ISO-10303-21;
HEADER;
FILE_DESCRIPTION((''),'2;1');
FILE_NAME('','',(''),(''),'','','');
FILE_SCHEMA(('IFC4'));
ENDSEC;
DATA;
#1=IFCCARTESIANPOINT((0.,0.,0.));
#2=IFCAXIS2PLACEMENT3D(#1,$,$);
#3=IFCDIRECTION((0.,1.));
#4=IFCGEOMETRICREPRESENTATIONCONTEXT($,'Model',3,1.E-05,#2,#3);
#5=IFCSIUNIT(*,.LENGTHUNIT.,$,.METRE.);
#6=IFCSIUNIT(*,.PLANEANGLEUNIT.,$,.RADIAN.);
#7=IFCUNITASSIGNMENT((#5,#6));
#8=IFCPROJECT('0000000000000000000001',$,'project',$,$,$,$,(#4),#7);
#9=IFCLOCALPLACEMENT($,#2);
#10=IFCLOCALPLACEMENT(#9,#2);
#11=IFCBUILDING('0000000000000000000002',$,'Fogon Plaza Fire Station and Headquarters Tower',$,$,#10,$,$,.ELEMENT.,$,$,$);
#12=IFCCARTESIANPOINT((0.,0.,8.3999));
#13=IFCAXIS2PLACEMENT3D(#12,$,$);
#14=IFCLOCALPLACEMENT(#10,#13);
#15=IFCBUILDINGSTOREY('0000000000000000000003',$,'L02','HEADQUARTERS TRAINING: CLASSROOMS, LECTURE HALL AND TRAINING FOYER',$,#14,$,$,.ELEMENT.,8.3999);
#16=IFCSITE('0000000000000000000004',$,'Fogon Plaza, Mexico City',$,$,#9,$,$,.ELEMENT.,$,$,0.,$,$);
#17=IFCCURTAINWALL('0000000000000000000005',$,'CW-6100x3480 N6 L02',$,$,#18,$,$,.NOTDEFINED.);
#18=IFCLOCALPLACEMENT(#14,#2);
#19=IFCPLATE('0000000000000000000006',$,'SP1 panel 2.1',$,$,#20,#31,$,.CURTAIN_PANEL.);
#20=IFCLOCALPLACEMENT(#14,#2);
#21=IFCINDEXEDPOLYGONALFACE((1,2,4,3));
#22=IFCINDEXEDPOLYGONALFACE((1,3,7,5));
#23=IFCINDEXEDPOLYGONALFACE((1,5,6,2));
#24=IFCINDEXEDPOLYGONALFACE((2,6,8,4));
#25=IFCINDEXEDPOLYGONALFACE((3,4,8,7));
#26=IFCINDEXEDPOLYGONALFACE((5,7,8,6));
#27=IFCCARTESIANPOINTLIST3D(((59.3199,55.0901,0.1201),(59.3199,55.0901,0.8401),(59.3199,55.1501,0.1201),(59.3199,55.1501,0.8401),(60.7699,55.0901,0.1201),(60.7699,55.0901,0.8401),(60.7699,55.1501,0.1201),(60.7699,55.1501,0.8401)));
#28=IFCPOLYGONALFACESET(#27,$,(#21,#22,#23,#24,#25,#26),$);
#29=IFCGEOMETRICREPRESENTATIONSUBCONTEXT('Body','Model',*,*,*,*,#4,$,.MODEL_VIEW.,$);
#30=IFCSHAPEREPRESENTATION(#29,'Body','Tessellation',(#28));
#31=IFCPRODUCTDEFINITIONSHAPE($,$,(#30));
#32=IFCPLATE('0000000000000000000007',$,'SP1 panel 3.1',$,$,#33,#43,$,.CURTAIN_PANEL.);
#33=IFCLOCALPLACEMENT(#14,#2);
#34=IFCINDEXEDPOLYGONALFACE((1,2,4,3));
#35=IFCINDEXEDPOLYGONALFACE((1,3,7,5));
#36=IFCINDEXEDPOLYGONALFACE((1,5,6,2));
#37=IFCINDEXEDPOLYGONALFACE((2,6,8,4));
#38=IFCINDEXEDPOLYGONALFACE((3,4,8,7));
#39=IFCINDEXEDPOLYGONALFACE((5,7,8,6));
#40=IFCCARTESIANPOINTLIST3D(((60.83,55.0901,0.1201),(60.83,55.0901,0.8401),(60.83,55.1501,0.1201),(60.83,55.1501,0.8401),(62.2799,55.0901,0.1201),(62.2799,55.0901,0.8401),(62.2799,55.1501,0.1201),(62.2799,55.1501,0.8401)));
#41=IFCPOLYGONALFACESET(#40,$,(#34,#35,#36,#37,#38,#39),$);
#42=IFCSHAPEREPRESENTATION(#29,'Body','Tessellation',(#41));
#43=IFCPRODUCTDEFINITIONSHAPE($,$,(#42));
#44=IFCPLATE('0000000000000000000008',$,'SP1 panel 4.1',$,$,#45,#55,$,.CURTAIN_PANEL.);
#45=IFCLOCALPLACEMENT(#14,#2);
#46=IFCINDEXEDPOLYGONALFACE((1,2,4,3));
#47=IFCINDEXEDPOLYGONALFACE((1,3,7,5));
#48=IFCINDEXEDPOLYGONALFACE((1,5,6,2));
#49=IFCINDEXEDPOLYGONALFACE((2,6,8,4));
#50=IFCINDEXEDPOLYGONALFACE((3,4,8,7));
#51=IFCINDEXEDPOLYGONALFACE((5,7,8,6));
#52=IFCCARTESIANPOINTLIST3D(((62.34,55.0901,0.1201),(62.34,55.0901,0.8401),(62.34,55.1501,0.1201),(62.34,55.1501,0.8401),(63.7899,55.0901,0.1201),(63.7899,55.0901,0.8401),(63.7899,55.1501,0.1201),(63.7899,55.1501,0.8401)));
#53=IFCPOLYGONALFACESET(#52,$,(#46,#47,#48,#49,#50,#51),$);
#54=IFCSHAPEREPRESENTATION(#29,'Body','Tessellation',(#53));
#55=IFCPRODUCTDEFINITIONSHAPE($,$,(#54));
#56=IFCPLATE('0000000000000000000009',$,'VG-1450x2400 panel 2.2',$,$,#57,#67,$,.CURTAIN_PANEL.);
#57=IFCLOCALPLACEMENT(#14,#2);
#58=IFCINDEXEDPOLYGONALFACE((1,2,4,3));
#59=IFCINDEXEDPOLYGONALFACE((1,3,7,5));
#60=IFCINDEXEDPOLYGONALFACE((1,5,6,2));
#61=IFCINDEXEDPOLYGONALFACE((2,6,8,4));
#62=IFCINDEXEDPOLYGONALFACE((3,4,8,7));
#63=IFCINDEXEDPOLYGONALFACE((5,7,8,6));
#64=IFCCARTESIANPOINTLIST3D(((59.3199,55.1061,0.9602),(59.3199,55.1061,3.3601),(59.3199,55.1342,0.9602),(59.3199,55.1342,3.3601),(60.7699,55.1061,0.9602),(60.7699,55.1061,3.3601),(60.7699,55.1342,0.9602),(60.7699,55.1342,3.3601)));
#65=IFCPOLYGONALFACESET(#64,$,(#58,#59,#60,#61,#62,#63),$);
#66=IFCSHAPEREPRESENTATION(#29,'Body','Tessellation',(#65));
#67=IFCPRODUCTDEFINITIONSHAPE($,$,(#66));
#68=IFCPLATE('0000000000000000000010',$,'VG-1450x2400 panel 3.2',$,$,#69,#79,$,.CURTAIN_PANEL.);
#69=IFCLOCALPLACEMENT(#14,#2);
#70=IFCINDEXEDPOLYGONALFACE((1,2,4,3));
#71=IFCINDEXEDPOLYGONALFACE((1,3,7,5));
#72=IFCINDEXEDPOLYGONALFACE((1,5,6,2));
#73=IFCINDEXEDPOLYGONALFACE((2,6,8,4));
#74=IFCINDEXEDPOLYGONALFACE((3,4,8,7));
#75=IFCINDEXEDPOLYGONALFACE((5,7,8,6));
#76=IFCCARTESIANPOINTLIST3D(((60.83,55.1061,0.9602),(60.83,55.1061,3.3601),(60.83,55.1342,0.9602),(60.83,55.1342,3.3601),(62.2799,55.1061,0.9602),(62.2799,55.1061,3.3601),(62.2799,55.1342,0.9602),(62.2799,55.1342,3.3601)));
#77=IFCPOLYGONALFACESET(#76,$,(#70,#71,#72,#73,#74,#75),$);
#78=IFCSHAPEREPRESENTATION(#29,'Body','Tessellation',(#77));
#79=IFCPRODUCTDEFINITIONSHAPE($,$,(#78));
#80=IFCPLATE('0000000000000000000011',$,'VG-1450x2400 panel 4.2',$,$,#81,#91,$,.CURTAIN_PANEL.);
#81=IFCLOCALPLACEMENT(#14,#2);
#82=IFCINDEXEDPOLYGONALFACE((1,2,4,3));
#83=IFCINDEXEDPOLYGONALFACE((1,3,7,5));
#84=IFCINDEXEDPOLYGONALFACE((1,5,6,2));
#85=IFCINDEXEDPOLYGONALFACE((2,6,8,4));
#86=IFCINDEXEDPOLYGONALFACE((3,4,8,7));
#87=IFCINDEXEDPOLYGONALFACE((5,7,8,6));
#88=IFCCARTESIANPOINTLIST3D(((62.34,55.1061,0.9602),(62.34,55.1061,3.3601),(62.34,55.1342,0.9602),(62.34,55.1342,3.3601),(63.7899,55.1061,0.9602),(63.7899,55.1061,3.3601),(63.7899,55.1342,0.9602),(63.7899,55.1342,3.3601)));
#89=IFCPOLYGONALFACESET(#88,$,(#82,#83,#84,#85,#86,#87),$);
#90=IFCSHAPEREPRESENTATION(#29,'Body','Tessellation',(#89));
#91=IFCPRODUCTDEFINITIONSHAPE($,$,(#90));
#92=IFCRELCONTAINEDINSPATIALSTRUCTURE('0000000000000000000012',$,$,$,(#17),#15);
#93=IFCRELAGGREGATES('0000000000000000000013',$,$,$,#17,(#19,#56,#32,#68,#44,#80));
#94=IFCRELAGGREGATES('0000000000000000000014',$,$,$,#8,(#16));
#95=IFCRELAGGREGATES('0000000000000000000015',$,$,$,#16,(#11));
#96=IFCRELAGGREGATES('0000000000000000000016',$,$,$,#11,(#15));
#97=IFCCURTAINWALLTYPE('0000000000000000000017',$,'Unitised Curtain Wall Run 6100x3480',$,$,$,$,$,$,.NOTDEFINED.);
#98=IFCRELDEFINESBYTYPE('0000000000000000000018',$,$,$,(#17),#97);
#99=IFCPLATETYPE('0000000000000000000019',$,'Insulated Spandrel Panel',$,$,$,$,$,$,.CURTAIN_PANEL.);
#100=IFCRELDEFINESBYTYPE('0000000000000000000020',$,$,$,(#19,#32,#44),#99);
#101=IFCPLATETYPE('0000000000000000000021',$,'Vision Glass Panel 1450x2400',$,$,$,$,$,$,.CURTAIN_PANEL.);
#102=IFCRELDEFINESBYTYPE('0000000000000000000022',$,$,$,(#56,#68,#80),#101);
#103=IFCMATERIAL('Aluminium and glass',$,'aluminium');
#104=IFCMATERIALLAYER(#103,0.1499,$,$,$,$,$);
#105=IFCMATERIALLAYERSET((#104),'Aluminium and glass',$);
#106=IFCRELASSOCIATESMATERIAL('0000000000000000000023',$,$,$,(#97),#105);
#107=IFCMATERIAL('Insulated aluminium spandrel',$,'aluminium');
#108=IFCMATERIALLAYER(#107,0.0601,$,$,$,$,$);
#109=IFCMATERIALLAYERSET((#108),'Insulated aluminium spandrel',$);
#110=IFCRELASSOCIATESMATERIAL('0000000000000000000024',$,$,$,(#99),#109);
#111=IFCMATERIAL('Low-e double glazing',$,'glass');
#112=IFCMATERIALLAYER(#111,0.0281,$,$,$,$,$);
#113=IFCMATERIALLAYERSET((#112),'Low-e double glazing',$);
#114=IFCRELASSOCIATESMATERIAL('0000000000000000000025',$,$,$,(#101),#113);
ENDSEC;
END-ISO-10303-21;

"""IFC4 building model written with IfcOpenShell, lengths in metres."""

from ifc_helpers import new_model, si_unit, direction, frame, origin, origin_2d, place, context, subcontext, project, spatial, rectangle, extrude, material, layer, layer_set, type_object, element, aggregate, save


model = new_model("IFC4")

# Units and contexts
model_context = context("Model", 3, precision=1e-05, world=origin(), true_north=direction((0.0, 1.0)))
body_context = subcontext(model_context, "Body", "Model", "MODEL_VIEW")
ifc_project = project(units=[si_unit("LENGTHUNIT", "METRE"), si_unit("PLANEANGLEUNIT", "RADIAN")], contexts=[model_context])

# Site, building, storey
site_placement = place(None, origin())
site = spatial("IfcSite", under=ifc_project, at=site_placement, Name="Fogon Plaza, Mexico City", CompositionType="ELEMENT", RefElevation=0.0)
building_placement = place(site_placement, origin())
building = spatial("IfcBuilding", under=site, at=building_placement, Name="Fogon Plaza Fire Station and Headquarters Tower", CompositionType="ELEMENT")
storey_placement = place(building_placement, frame((0.0, 0.0, 8.3999)))
storey = spatial("IfcBuildingStorey", under=building, at=storey_placement, Name="L02", Description="HEADQUARTERS TRAINING: CLASSROOMS, LECTURE HALL AND TRAINING FOYER", CompositionType="ELEMENT", Elevation=8.3999)

# Curtain wall
ifc_material_1 = material(Name="Aluminium and glass", Category="aluminium")
ifc_layer_1 = layer(ifc_material_1, 0.1499)
ifc_layer_set_1 = layer_set([ifc_layer_1], Name="Aluminium and glass")
curtain_wall_type = type_object("IfcCurtainWallType", Name="Unitised Curtain Wall Run 6100x3480", PredefinedType="NOTDEFINED", material=ifc_layer_set_1)
curtain_wall_placement = place(storey_placement, origin())
curtain_wall = element("IfcCurtainWall", 1, at=curtain_wall_placement, inside=storey, type_object=curtain_wall_type, Name="CW-6100x3480 N6 L02", PredefinedType="NOTDEFINED")

# Plates
ifc_material_2 = material(Name="Insulated aluminium spandrel", Category="aluminium")
ifc_layer_2 = layer(ifc_material_2, 0.0601)
ifc_layer_set_2 = layer_set([ifc_layer_2], Name="Insulated aluminium spandrel")
plate_type_1 = type_object("IfcPlateType", Name="Insulated Spandrel Panel", PredefinedType="CURTAIN_PANEL", material=ifc_layer_set_2)
plate_1_placement = place(storey_placement, frame((60.0449, 55.1201, 0.1201), z_axis=(0.0, 0.0, 1.0), x_axis=(1.0, 0.0, 0.0)))
plate_1 = element("IfcPlate", 2, at=plate_1_placement, type_object=plate_type_1, Name="SP1 panel 2.1", PredefinedType="CURTAIN_PANEL", context=body_context, shape_type="SweptSolid", body=[
    extrude(rectangle(XDim=1.45, YDim=0.0601, at=origin_2d()), origin(), (0.0, 0.0, 1.0), 0.72),
])
plate_2_placement = place(storey_placement, frame((61.5549, 55.1201, 0.1201), z_axis=(0.0, 0.0, 1.0), x_axis=(1.0, 0.0, 0.0)))
plate_2 = element("IfcPlate", 3, at=plate_2_placement, type_object=plate_type_1, Name="SP1 panel 3.1", PredefinedType="CURTAIN_PANEL", context=body_context, shape_type="SweptSolid", body=[
    extrude(rectangle(XDim=1.45, YDim=0.0601, at=origin_2d()), origin(), (0.0, 0.0, 1.0), 0.72),
])
plate_3_placement = place(storey_placement, frame((63.0649, 55.1201, 0.1201), z_axis=(0.0, 0.0, 1.0), x_axis=(1.0, 0.0, 0.0)))
plate_3 = element("IfcPlate", 4, at=plate_3_placement, type_object=plate_type_1, Name="SP1 panel 4.1", PredefinedType="CURTAIN_PANEL", context=body_context, shape_type="SweptSolid", body=[
    extrude(rectangle(XDim=1.45, YDim=0.0601, at=origin_2d()), origin(), (0.0, 0.0, 1.0), 0.72),
])
ifc_material_3 = material(Name="Low-e double glazing", Category="glass")
ifc_layer_3 = layer(ifc_material_3, 0.0281)
ifc_layer_set_3 = layer_set([ifc_layer_3], Name="Low-e double glazing")
plate_type_2 = type_object("IfcPlateType", Name="Vision Glass Panel 1450x2400", PredefinedType="CURTAIN_PANEL", material=ifc_layer_set_3)
plate_4_placement = place(storey_placement, frame((60.0449, 55.1201, 0.9602), z_axis=(0.0, 0.0, 1.0), x_axis=(1.0, 0.0, 0.0)))
plate_4 = element("IfcPlate", 5, at=plate_4_placement, type_object=plate_type_2, Name="VG-1450x2400 panel 2.2", PredefinedType="CURTAIN_PANEL", context=body_context, shape_type="SweptSolid", body=[
    extrude(rectangle(XDim=1.45, YDim=0.0281, at=origin_2d()), origin(), (0.0, 0.0, 1.0), 2.3999),
])
plate_5_placement = place(storey_placement, frame((61.5549, 55.1201, 0.9602), z_axis=(0.0, 0.0, 1.0), x_axis=(1.0, 0.0, 0.0)))
plate_5 = element("IfcPlate", 6, at=plate_5_placement, type_object=plate_type_2, Name="VG-1450x2400 panel 3.2", PredefinedType="CURTAIN_PANEL", context=body_context, shape_type="SweptSolid", body=[
    extrude(rectangle(XDim=1.45, YDim=0.0281, at=origin_2d()), origin(), (0.0, 0.0, 1.0), 2.3999),
])
plate_6_placement = place(storey_placement, frame((63.0649, 55.1201, 0.9602), z_axis=(0.0, 0.0, 1.0), x_axis=(1.0, 0.0, 0.0)))
plate_6 = element("IfcPlate", 7, at=plate_6_placement, type_object=plate_type_2, Name="VG-1450x2400 panel 4.2", PredefinedType="CURTAIN_PANEL", context=body_context, shape_type="SweptSolid", body=[
    extrude(rectangle(XDim=1.45, YDim=0.0281, at=origin_2d()), origin(), (0.0, 0.0, 1.0), 2.3999),
])
aggregate(curtain_wall, [plate_1, plate_4, plate_2, plate_5, plate_3, plate_6])

save(model, "model.ifc")
